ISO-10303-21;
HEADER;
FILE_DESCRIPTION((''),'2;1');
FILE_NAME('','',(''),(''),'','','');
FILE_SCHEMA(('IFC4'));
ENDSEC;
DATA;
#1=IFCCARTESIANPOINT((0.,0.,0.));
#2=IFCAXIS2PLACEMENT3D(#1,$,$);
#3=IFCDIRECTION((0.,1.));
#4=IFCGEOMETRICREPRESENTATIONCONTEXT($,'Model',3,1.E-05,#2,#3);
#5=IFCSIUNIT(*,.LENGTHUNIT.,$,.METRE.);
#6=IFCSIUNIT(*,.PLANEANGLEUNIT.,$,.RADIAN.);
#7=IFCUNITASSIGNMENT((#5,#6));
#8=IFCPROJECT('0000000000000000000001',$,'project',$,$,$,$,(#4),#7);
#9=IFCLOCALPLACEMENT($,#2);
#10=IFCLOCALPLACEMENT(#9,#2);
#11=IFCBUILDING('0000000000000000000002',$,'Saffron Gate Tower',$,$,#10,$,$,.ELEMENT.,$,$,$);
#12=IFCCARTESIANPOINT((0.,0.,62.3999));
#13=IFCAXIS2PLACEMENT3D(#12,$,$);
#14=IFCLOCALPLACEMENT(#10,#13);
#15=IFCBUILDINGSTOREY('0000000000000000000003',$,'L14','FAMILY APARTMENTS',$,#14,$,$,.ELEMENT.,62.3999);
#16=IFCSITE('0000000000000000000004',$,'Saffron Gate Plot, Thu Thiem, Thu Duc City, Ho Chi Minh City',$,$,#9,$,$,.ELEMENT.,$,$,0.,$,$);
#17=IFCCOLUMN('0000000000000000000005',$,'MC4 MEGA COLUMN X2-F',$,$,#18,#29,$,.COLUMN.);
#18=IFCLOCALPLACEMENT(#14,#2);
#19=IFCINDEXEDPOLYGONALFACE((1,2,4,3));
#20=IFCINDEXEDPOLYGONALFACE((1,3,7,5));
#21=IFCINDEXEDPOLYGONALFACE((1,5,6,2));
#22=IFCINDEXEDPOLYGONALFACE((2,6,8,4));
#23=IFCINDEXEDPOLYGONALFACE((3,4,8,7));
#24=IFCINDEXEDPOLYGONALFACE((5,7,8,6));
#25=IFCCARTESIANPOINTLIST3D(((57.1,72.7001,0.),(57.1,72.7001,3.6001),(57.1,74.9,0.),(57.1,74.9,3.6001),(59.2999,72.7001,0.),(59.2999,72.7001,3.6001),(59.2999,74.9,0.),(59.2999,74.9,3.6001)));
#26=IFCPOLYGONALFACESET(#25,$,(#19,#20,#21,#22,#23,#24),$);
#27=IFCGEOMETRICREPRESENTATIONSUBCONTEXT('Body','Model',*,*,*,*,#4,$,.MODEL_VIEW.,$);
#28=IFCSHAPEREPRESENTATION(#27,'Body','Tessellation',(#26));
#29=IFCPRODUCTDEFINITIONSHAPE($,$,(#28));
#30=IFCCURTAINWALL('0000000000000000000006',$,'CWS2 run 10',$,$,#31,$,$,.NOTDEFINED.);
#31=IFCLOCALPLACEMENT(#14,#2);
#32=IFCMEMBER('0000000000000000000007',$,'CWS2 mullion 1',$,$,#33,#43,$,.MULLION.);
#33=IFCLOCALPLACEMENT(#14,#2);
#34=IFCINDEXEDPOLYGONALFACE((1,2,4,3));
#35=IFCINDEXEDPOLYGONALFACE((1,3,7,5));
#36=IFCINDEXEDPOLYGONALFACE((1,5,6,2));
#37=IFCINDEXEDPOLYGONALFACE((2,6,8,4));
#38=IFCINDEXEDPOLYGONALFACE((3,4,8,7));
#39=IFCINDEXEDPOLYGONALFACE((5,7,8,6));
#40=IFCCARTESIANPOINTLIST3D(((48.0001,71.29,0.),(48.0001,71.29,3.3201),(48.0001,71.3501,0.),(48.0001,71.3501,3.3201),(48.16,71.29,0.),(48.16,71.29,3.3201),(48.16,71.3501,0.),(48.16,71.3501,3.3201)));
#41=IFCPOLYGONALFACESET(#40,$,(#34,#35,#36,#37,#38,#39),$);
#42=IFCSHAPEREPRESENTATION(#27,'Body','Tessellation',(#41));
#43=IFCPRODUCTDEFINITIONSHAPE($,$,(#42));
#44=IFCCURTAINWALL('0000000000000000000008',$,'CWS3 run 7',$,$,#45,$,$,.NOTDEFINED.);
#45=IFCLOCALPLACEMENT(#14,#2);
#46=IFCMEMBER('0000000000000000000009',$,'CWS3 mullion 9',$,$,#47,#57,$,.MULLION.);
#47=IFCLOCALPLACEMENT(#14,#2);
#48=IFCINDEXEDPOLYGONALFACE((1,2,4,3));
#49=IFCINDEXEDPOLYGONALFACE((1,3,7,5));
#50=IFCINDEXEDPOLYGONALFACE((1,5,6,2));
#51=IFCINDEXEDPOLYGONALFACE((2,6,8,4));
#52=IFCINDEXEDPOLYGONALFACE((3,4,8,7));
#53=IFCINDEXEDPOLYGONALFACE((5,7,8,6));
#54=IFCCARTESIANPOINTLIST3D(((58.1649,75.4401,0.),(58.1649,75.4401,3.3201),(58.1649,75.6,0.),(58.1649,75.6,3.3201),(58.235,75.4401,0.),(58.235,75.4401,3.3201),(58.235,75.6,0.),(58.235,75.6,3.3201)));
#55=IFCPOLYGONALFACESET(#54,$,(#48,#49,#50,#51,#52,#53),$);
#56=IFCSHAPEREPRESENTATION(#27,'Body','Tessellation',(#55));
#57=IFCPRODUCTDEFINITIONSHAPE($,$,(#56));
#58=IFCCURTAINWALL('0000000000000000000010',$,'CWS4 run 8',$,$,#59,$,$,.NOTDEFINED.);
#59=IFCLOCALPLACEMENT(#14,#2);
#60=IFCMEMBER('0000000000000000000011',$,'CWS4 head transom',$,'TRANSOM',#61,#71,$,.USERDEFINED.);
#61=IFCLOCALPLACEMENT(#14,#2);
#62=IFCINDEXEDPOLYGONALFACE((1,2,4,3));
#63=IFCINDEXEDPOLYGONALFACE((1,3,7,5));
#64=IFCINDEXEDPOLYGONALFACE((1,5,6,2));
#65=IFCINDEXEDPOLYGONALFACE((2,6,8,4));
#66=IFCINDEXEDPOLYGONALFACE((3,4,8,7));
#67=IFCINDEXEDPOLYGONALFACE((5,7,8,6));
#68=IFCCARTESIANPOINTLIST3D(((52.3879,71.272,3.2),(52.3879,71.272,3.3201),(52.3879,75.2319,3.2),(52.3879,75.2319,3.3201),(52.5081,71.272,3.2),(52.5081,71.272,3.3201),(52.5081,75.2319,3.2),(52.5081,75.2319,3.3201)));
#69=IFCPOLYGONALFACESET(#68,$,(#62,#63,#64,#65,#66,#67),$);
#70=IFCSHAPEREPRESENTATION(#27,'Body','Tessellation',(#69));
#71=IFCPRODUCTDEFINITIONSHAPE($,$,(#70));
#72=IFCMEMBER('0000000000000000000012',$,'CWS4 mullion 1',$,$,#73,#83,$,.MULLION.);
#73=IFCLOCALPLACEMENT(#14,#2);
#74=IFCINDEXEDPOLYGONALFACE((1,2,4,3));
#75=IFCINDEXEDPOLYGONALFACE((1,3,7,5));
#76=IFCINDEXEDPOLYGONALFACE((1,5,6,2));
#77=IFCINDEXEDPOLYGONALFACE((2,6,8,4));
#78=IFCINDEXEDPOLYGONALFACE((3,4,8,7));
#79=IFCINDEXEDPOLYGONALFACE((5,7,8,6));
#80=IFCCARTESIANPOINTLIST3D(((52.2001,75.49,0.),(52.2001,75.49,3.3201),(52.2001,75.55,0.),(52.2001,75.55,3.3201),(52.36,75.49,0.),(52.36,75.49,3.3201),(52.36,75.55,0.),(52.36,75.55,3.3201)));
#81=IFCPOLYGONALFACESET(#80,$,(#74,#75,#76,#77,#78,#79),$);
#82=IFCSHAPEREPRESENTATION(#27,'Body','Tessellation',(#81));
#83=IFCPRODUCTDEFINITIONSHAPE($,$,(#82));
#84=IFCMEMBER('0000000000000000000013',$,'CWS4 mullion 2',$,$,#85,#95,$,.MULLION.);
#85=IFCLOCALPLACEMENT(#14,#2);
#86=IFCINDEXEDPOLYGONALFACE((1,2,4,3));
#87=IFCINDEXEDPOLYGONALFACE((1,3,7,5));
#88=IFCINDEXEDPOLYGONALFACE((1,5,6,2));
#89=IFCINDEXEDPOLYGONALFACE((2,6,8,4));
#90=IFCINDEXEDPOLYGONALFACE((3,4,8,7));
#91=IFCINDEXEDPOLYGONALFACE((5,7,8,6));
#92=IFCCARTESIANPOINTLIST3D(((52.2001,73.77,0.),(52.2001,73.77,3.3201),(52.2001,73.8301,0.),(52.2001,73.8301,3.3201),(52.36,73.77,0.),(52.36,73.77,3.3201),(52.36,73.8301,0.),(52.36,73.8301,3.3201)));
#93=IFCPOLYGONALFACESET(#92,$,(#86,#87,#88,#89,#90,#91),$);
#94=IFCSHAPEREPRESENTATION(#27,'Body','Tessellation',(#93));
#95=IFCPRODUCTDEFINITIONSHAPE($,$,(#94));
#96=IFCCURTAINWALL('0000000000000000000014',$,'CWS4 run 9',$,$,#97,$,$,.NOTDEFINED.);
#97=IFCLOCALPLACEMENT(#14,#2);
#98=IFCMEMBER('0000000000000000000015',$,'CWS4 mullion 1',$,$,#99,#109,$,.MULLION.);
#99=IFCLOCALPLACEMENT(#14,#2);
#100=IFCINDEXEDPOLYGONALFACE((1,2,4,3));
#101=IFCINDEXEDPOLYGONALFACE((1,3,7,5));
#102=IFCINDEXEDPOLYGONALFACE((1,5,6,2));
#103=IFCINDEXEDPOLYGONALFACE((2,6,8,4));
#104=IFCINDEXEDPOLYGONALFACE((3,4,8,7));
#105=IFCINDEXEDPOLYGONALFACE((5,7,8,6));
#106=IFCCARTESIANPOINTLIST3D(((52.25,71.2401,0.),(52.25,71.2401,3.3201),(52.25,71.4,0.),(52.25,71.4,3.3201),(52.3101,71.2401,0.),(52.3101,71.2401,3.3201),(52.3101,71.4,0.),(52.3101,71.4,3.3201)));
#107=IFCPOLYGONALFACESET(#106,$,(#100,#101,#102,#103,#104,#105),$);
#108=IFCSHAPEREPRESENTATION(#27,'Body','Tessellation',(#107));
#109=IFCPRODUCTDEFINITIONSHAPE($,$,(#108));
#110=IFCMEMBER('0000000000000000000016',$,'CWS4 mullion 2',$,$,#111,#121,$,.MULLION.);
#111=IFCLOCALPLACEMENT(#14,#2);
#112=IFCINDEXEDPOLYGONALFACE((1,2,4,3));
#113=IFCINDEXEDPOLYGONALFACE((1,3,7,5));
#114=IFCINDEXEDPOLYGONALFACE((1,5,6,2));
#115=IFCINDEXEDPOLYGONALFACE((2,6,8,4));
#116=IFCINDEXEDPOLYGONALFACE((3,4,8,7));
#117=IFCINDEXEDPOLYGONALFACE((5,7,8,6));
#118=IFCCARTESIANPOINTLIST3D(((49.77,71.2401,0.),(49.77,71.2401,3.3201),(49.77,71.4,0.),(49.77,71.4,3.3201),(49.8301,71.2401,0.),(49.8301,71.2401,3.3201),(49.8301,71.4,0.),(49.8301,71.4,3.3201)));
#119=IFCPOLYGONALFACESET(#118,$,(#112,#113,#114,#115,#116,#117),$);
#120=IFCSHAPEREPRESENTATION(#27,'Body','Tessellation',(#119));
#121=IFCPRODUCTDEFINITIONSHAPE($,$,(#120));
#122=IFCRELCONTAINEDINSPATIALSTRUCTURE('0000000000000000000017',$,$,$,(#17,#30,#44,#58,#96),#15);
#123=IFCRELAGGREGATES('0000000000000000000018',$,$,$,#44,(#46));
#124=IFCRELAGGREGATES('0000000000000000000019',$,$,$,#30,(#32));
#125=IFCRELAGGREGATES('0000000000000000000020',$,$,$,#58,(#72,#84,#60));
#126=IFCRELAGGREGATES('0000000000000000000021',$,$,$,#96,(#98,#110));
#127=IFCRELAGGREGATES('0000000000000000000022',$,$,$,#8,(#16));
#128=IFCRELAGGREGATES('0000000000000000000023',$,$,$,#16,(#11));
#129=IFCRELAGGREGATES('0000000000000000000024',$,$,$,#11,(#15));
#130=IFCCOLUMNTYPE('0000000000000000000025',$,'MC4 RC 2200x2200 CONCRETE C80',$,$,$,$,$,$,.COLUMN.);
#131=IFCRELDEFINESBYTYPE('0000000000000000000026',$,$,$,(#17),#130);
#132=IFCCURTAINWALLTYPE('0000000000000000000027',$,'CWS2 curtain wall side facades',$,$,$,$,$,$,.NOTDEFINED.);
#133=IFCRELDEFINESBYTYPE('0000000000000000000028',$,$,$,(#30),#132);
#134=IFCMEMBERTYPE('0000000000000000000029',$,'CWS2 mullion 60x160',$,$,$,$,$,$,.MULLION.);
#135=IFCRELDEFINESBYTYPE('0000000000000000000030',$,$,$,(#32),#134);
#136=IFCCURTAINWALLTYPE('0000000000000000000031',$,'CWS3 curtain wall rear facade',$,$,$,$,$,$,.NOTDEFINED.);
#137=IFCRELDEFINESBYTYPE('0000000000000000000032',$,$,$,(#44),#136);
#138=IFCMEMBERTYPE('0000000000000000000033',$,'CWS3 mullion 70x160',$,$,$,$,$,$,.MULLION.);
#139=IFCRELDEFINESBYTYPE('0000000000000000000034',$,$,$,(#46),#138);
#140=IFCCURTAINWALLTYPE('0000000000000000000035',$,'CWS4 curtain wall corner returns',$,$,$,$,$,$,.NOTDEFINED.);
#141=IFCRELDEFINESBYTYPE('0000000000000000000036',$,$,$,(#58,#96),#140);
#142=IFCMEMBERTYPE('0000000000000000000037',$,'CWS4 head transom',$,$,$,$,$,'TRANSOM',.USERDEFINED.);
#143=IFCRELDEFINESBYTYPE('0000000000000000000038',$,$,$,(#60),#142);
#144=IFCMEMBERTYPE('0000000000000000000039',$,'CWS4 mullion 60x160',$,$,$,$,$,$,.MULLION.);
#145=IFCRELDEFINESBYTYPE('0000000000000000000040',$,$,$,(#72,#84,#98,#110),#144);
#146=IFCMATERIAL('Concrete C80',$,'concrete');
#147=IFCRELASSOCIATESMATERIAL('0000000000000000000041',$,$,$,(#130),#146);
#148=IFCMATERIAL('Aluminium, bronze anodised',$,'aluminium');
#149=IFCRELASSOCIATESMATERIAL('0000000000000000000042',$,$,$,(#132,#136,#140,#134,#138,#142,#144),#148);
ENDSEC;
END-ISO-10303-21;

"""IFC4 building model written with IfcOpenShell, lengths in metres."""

from ifc_helpers import new_model, si_unit, direction, frame, origin, origin_2d, place, context, subcontext, project, spatial, rectangle, extrude, material, material_profile, profile_set, type_object, element, aggregate, save


model = new_model("IFC4")

# Units and contexts
model_context = context("Model", 3, precision=1e-05, world=origin(), true_north=direction((0.0, 1.0)))
body_context = subcontext(model_context, "Body", "Model", "MODEL_VIEW")
ifc_project = project(units=[si_unit("LENGTHUNIT", "METRE"), si_unit("PLANEANGLEUNIT", "RADIAN")], contexts=[model_context])

# Site, building, storey
site_placement = place(None, origin())
site = spatial("IfcSite", under=ifc_project, at=site_placement, Name="Saffron Gate Plot, Thu Thiem, Thu Duc City, Ho Chi Minh City", CompositionType="ELEMENT", RefElevation=0.0)
building_placement = place(site_placement, origin())
building = spatial("IfcBuilding", under=site, at=building_placement, Name="Saffron Gate Tower", CompositionType="ELEMENT")
storey_placement = place(building_placement, frame((0.0, 0.0, 62.3999)))
storey = spatial("IfcBuildingStorey", under=building, at=storey_placement, Name="L14", Description="FAMILY APARTMENTS", CompositionType="ELEMENT", Elevation=62.3999)

# Column
ifc_material_1 = material(Name="Concrete C80", Category="concrete")
ifc_material_profile_1 = material_profile(ifc_material_1, rectangle(XDim=2.2, YDim=2.2, at=origin_2d()))
ifc_profile_set_1 = profile_set([ifc_material_profile_1], Name="Concrete C80")
column_type = type_object("IfcColumnType", Name="MC4 RC 2200x2200 CONCRETE C80", PredefinedType="COLUMN", material=ifc_profile_set_1)
column_placement = place(storey_placement, frame((58.2, 73.8, 0.0), z_axis=(0.0, 0.0, 1.0), x_axis=(1.0, 0.0, 0.0)))
element("IfcColumn", 1, at=column_placement, inside=storey, type_object=column_type, Name="MC4 MEGA COLUMN X2-F", PredefinedType="COLUMN", context=body_context, shape_type="SweptSolid", body=[
    extrude(rectangle(XDim=2.2, YDim=2.2, at=origin_2d()), origin(), (0.0, 0.0, 1.0), 3.6001),
])

# Curtain walls, members
ifc_material_2 = material(Name="Aluminium, bronze anodised", Category="aluminium")
curtain_wall_type_1 = type_object("IfcCurtainWallType", Name="CWS2 curtain wall side facades", PredefinedType="NOTDEFINED", material=ifc_material_2)
curtain_wall_1_placement = place(storey_placement, origin())
curtain_wall_1 = element("IfcCurtainWall", 2, at=curtain_wall_1_placement, inside=storey, type_object=curtain_wall_type_1, Name="CWS2 run 10", PredefinedType="NOTDEFINED")
ifc_material_profile_2 = material_profile(ifc_material_2, rectangle(XDim=0.1599, YDim=0.0601, at=origin_2d()))
ifc_profile_set_2 = profile_set([ifc_material_profile_2], Name="Aluminium, bronze anodised")
member_type_1 = type_object("IfcMemberType", Name="CWS2 mullion 60x160", PredefinedType="MULLION", material=ifc_profile_set_2)
member_1_placement = place(storey_placement, frame((48.0801, 71.3201, 0.0), z_axis=(0.0, 0.0, 1.0), x_axis=(1.0, 0.0, 0.0)))
member_1 = element("IfcMember", 3, at=member_1_placement, type_object=member_type_1, Name="CWS2 mullion 1", PredefinedType="MULLION", context=body_context, shape_type="SweptSolid", body=[
    extrude(rectangle(XDim=0.1599, YDim=0.0601, at=origin_2d()), origin(), (0.0, 0.0, 1.0), 3.3201),
])
curtain_wall_type_2 = type_object("IfcCurtainWallType", Name="CWS3 curtain wall rear facade", PredefinedType="NOTDEFINED", material=ifc_material_2)
curtain_wall_2_placement = place(storey_placement, origin())
curtain_wall_2 = element("IfcCurtainWall", 4, at=curtain_wall_2_placement, inside=storey, type_object=curtain_wall_type_2, Name="CWS3 run 7", PredefinedType="NOTDEFINED")
ifc_material_profile_3 = material_profile(ifc_material_2, rectangle(XDim=0.1599, YDim=0.0701, at=origin_2d()))
ifc_profile_set_3 = profile_set([ifc_material_profile_3], Name="Aluminium, bronze anodised")
member_type_2 = type_object("IfcMemberType", Name="CWS3 mullion 70x160", PredefinedType="MULLION", material=ifc_profile_set_3)
member_2_placement = place(storey_placement, frame((58.2, 75.52, 0.0), z_axis=(0.0, 0.0, 1.0), x_axis=(0.0, -1.0, 0.0)))
member_2 = element("IfcMember", 5, at=member_2_placement, type_object=member_type_2, Name="CWS3 mullion 9", PredefinedType="MULLION", context=body_context, shape_type="SweptSolid", body=[
    extrude(rectangle(XDim=0.1599, YDim=0.0701, at=origin_2d()), origin(), (0.0, 0.0, 1.0), 3.3201),
])
aggregate(curtain_wall_2, [member_2])

# Curtain walls, members
curtain_wall_type_3 = type_object("IfcCurtainWallType", Name="CWS4 curtain wall corner returns", PredefinedType="NOTDEFINED", material=ifc_material_2)
curtain_wall_3_placement = place(storey_placement, origin())
curtain_wall_3 = element("IfcCurtainWall", 6, at=curtain_wall_3_placement, inside=storey, type_object=curtain_wall_type_3, Name="CWS4 run 8", PredefinedType="NOTDEFINED")
ifc_material_profile_4 = material_profile(ifc_material_2, rectangle(XDim=0.1201, YDim=0.1201, at=origin_2d()))
ifc_profile_set_4 = profile_set([ifc_material_profile_4], Name="Aluminium, bronze anodised")
member_type_3 = type_object("IfcMemberType", Name="CWS4 head transom", ElementType="TRANSOM", PredefinedType="USERDEFINED", material=ifc_profile_set_4)
member_3_placement = place(storey_placement, frame((52.448, 75.2319, 3.26), z_axis=(0.0, -1.0, 0.0), x_axis=(1.0, 0.0, 0.0)))
member_3 = element("IfcMember", 7, at=member_3_placement, type_object=member_type_3, Name="CWS4 head transom", ObjectType="TRANSOM", PredefinedType="USERDEFINED", context=body_context, shape_type="SweptSolid", body=[
    extrude(rectangle(XDim=0.1201, YDim=0.1201, at=origin_2d()), origin(), (0.0, 0.0, 1.0), 3.96),
])
ifc_material_profile_5 = material_profile(ifc_material_2, rectangle(XDim=0.1599, YDim=0.0601, at=origin_2d()))
ifc_profile_set_5 = profile_set([ifc_material_profile_5], Name="Aluminium, bronze anodised")
member_type_4 = type_object("IfcMemberType", Name="CWS4 mullion 60x160", PredefinedType="MULLION", material=ifc_profile_set_5)
member_4_placement = place(storey_placement, frame((52.28, 75.52, 0.0), z_axis=(0.0, 0.0, 1.0), x_axis=(1.0, 0.0, 0.0)))
member_4 = element("IfcMember", 8, at=member_4_placement, type_object=member_type_4, Name="CWS4 mullion 1", PredefinedType="MULLION", context=body_context, shape_type="SweptSolid", body=[
    extrude(rectangle(XDim=0.1599, YDim=0.0601, at=origin_2d()), origin(), (0.0, 0.0, 1.0), 3.3201),
])
member_5_placement = place(storey_placement, frame((52.28, 73.8, 0.0), z_axis=(0.0, 0.0, 1.0), x_axis=(1.0, 0.0, 0.0)))
member_5 = element("IfcMember", 9, at=member_5_placement, type_object=member_type_4, Name="CWS4 mullion 2", PredefinedType="MULLION", context=body_context, shape_type="SweptSolid", body=[
    extrude(rectangle(XDim=0.1599, YDim=0.0601, at=origin_2d()), origin(), (0.0, 0.0, 1.0), 3.3201),
])
curtain_wall_4_placement = place(storey_placement, origin())
curtain_wall_4 = element("IfcCurtainWall", 10, at=curtain_wall_4_placement, inside=storey, type_object=curtain_wall_type_3, Name="CWS4 run 9", PredefinedType="NOTDEFINED")
member_6_placement = place(storey_placement, frame((52.28, 71.3201, 0.0), z_axis=(0.0, 0.0, 1.0), x_axis=(0.0, -1.0, 0.0)))
member_6 = element("IfcMember", 11, at=member_6_placement, type_object=member_type_4, Name="CWS4 mullion 1", PredefinedType="MULLION", context=body_context, shape_type="SweptSolid", body=[
    extrude(rectangle(XDim=0.1599, YDim=0.0601, at=origin_2d()), origin(), (0.0, 0.0, 1.0), 3.3201),
])
member_7_placement = place(storey_placement, frame((49.8, 71.3201, 0.0), z_axis=(0.0, 0.0, 1.0), x_axis=(0.0, -1.0, 0.0)))
member_7 = element("IfcMember", 12, at=member_7_placement, type_object=member_type_4, Name="CWS4 mullion 2", PredefinedType="MULLION", context=body_context, shape_type="SweptSolid", body=[
    extrude(rectangle(XDim=0.1599, YDim=0.0601, at=origin_2d()), origin(), (0.0, 0.0, 1.0), 3.3201),
])

aggregate(curtain_wall_1, [member_1])

aggregate(curtain_wall_3, [member_4, member_5, member_3])
aggregate(curtain_wall_4, [member_6, member_7])

save(model, "model.ifc")
